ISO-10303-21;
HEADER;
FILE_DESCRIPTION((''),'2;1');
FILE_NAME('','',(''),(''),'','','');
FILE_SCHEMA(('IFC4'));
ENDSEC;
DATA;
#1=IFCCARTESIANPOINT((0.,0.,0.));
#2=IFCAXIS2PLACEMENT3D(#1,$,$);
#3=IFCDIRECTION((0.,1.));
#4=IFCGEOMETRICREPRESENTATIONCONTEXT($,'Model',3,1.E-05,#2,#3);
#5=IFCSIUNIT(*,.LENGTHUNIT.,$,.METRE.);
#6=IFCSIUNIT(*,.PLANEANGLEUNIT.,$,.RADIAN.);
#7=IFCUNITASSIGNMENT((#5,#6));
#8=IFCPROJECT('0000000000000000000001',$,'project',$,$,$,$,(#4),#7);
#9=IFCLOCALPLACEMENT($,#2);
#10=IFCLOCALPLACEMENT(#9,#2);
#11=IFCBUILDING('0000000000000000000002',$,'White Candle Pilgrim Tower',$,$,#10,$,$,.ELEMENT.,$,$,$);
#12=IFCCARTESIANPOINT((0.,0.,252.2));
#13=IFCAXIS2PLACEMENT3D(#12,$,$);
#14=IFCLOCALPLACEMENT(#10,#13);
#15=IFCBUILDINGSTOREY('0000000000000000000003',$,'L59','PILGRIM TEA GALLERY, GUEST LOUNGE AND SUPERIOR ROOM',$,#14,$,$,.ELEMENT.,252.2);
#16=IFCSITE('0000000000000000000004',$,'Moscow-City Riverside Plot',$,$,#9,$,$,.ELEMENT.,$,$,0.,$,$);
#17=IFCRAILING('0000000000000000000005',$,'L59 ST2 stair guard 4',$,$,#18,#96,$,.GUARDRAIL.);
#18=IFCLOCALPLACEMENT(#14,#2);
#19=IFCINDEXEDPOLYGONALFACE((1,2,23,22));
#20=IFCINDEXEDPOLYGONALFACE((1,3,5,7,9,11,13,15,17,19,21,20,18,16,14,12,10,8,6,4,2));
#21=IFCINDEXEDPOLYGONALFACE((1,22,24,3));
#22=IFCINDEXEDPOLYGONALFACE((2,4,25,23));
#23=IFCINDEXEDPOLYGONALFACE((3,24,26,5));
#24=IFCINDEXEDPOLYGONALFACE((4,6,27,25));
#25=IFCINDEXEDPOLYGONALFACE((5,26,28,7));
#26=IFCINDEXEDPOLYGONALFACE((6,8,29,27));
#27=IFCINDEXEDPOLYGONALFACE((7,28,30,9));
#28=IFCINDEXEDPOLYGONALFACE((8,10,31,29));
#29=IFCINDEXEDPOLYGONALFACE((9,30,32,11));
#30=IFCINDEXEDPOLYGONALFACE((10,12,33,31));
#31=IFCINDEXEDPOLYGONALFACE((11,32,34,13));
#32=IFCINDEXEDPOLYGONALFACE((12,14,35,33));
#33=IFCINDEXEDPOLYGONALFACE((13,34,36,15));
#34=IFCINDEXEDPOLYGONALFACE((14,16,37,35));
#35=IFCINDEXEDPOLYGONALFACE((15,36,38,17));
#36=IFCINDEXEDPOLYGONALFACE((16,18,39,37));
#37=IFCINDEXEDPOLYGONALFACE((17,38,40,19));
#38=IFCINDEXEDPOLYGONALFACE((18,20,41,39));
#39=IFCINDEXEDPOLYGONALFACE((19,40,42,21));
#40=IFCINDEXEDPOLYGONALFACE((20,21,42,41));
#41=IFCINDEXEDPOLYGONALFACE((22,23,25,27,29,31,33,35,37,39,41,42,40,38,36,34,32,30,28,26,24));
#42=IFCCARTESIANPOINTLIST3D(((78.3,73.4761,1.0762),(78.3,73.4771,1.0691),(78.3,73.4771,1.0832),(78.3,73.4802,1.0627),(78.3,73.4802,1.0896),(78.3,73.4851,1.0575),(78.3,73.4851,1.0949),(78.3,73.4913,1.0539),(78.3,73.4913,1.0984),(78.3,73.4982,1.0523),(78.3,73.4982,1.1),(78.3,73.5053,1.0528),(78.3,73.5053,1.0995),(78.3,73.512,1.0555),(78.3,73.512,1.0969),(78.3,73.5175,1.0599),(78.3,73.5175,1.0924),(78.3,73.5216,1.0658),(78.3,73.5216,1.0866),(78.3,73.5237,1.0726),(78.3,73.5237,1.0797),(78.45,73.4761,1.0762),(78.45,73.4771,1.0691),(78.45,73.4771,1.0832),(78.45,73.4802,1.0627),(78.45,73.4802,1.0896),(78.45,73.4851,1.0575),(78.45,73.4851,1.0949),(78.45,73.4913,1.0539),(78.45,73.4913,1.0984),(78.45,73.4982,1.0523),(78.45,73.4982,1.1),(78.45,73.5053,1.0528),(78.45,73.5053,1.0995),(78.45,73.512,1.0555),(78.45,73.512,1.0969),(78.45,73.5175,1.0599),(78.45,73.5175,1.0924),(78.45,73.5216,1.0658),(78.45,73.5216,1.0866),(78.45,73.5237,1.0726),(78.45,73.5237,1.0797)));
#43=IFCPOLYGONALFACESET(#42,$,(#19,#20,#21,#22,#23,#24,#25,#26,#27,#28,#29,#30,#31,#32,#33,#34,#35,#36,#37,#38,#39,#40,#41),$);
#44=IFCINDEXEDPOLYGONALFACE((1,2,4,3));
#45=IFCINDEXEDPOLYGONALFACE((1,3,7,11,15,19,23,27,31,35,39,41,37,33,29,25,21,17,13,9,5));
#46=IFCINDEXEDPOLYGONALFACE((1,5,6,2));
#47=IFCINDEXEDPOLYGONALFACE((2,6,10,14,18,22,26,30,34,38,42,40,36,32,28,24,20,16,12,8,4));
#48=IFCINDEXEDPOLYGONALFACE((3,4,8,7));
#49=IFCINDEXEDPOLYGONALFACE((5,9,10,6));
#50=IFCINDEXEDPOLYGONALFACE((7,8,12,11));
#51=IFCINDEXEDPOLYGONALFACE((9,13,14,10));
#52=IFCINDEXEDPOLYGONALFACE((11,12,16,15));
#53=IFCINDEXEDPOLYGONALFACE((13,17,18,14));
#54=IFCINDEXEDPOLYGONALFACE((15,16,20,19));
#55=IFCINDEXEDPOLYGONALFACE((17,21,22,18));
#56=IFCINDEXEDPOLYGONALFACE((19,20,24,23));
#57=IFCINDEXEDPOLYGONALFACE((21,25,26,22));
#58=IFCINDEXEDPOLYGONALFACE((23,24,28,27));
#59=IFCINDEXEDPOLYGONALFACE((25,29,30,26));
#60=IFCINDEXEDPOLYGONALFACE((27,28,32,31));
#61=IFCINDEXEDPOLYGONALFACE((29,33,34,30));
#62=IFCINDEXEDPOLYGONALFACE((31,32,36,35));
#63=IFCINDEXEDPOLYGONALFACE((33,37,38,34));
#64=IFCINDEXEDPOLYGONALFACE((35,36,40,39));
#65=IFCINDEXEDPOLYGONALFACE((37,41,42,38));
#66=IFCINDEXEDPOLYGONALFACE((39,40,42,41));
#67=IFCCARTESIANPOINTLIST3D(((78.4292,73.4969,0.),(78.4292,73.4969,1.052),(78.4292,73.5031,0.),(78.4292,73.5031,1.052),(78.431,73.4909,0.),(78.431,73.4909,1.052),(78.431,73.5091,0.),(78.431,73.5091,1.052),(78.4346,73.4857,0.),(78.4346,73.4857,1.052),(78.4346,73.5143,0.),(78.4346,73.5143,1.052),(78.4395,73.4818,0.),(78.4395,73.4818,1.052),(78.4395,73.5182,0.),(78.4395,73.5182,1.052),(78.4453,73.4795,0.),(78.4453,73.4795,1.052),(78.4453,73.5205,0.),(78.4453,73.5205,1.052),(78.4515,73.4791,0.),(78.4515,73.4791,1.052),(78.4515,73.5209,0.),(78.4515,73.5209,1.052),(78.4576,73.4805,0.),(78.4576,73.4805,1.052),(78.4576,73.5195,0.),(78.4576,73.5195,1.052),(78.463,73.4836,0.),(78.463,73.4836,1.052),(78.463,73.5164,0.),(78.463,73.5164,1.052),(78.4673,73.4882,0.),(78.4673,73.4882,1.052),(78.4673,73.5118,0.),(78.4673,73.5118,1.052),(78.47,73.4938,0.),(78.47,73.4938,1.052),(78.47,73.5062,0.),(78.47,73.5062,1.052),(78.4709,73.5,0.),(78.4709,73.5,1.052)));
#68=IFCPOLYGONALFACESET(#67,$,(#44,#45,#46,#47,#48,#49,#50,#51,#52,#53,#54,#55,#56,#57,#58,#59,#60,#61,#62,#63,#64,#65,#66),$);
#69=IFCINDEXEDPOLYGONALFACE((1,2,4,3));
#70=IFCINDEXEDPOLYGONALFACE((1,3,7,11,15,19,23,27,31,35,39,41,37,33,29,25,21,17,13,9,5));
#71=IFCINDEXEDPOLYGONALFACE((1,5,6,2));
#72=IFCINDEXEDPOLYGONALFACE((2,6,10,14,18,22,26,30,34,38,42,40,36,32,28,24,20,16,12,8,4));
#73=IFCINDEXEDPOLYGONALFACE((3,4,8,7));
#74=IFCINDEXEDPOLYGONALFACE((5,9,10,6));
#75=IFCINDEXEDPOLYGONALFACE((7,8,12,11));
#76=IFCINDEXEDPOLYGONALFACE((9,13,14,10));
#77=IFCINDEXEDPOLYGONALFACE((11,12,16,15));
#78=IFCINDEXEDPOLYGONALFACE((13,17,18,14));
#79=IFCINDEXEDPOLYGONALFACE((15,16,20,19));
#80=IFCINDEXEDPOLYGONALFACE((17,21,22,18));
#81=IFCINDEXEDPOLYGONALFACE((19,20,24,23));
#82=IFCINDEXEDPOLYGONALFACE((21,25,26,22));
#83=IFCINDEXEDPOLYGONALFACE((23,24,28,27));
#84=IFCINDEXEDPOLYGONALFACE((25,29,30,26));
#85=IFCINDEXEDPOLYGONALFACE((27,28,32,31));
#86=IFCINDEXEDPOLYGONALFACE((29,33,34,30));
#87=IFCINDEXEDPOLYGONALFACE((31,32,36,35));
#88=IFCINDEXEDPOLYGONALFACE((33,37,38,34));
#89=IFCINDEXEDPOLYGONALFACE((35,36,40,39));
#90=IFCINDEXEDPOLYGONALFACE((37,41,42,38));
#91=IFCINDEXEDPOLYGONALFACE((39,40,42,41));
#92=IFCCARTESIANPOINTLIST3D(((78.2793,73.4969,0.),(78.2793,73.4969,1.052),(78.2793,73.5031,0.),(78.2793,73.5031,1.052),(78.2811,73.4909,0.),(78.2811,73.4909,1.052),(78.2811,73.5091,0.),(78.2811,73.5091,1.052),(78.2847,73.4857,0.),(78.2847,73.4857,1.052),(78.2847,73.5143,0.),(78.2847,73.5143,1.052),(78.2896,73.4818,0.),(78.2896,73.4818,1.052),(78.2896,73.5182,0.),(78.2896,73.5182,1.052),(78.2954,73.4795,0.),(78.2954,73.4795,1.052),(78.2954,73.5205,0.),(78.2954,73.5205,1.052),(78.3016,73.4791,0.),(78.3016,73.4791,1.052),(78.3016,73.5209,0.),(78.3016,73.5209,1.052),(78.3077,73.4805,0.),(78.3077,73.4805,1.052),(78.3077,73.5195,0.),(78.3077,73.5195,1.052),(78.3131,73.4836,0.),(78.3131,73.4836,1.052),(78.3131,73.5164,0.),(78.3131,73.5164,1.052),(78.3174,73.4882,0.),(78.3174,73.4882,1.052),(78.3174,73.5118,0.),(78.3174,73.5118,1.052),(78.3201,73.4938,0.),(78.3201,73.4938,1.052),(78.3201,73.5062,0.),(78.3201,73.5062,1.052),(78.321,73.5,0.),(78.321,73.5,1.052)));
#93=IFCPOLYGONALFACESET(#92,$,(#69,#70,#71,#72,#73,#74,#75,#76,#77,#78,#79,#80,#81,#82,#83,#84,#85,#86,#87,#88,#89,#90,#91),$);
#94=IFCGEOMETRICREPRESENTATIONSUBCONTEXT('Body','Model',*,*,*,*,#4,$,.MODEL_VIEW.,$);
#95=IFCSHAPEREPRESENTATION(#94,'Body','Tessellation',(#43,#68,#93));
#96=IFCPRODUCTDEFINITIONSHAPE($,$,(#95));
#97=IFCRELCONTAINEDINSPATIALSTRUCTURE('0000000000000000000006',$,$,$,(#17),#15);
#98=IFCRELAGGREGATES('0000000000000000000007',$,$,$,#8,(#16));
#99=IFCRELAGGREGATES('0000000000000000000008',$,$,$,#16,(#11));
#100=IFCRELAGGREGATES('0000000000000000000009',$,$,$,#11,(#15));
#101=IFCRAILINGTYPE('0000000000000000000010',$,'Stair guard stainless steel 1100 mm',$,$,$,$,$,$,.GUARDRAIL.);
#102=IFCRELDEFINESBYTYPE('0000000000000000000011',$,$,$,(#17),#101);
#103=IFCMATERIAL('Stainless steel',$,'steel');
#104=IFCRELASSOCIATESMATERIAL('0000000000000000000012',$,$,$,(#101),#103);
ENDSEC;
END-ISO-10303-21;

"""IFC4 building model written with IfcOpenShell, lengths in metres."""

from ifc_helpers import new_model, si_unit, direction, frame, origin, origin_2d, place, context, subcontext, project, spatial, circle, extrude, material, type_object, element, save


model = new_model("IFC4")

# Units and contexts
model_context = context("Model", 3, precision=1e-05, world=origin(), true_north=direction((0.0, 1.0)))
body_context = subcontext(model_context, "Body", "Model", "MODEL_VIEW")
ifc_project = project(units=[si_unit("LENGTHUNIT", "METRE"), si_unit("PLANEANGLEUNIT", "RADIAN")], contexts=[model_context])

# Site, building, storey
site_placement = place(None, origin())
site = spatial("IfcSite", under=ifc_project, at=site_placement, Name="Moscow-City Riverside Plot", CompositionType="ELEMENT", RefElevation=0.0)
building_placement = place(site_placement, origin())
building = spatial("IfcBuilding", under=site, at=building_placement, Name="White Candle Pilgrim Tower", CompositionType="ELEMENT")
storey_placement = place(building_placement, frame((0.0, 0.0, 252.2)))
storey = spatial("IfcBuildingStorey", under=building, at=storey_placement, Name="L59", Description="PILGRIM TEA GALLERY, GUEST LOUNGE AND SUPERIOR ROOM", CompositionType="ELEMENT", Elevation=252.2)

# Railing
ifc_material_1 = material(Name="Stainless steel", Category="steel")
railing_type_1 = type_object("IfcRailingType", Name="Stair guard stainless steel 1100 mm", PredefinedType="GUARDRAIL", material=ifc_material_1)
railing_1_placement = place(storey_placement, frame((78.45, 73.5, 0.0)))
element("IfcRailing", 1, at=railing_1_placement, inside=storey, type_object=railing_type_1, Name="L59 ST2 stair guard 4", PredefinedType="GUARDRAIL", context=body_context, shape_type="SweptSolid", body=[
    extrude(circle(Radius=0.0239, at=origin_2d()), frame((0.0, 0.0, 1.0762), z_axis=(-1.0, 0.0, 0.0), x_axis=(0.0, -1.0, 0.0)), (0.0, 0.0, 1.0), 0.1499),
    extrude(circle(Radius=0.021, at=origin_2d()), origin(), (0.0, 0.0, 1.0), 1.052),
    extrude(circle(Radius=0.021, at=origin_2d()), frame((-0.1499, 0.0, 0.0)), (0.0, 0.0, 1.0), 1.052),
])

save(model, "model.ifc")
